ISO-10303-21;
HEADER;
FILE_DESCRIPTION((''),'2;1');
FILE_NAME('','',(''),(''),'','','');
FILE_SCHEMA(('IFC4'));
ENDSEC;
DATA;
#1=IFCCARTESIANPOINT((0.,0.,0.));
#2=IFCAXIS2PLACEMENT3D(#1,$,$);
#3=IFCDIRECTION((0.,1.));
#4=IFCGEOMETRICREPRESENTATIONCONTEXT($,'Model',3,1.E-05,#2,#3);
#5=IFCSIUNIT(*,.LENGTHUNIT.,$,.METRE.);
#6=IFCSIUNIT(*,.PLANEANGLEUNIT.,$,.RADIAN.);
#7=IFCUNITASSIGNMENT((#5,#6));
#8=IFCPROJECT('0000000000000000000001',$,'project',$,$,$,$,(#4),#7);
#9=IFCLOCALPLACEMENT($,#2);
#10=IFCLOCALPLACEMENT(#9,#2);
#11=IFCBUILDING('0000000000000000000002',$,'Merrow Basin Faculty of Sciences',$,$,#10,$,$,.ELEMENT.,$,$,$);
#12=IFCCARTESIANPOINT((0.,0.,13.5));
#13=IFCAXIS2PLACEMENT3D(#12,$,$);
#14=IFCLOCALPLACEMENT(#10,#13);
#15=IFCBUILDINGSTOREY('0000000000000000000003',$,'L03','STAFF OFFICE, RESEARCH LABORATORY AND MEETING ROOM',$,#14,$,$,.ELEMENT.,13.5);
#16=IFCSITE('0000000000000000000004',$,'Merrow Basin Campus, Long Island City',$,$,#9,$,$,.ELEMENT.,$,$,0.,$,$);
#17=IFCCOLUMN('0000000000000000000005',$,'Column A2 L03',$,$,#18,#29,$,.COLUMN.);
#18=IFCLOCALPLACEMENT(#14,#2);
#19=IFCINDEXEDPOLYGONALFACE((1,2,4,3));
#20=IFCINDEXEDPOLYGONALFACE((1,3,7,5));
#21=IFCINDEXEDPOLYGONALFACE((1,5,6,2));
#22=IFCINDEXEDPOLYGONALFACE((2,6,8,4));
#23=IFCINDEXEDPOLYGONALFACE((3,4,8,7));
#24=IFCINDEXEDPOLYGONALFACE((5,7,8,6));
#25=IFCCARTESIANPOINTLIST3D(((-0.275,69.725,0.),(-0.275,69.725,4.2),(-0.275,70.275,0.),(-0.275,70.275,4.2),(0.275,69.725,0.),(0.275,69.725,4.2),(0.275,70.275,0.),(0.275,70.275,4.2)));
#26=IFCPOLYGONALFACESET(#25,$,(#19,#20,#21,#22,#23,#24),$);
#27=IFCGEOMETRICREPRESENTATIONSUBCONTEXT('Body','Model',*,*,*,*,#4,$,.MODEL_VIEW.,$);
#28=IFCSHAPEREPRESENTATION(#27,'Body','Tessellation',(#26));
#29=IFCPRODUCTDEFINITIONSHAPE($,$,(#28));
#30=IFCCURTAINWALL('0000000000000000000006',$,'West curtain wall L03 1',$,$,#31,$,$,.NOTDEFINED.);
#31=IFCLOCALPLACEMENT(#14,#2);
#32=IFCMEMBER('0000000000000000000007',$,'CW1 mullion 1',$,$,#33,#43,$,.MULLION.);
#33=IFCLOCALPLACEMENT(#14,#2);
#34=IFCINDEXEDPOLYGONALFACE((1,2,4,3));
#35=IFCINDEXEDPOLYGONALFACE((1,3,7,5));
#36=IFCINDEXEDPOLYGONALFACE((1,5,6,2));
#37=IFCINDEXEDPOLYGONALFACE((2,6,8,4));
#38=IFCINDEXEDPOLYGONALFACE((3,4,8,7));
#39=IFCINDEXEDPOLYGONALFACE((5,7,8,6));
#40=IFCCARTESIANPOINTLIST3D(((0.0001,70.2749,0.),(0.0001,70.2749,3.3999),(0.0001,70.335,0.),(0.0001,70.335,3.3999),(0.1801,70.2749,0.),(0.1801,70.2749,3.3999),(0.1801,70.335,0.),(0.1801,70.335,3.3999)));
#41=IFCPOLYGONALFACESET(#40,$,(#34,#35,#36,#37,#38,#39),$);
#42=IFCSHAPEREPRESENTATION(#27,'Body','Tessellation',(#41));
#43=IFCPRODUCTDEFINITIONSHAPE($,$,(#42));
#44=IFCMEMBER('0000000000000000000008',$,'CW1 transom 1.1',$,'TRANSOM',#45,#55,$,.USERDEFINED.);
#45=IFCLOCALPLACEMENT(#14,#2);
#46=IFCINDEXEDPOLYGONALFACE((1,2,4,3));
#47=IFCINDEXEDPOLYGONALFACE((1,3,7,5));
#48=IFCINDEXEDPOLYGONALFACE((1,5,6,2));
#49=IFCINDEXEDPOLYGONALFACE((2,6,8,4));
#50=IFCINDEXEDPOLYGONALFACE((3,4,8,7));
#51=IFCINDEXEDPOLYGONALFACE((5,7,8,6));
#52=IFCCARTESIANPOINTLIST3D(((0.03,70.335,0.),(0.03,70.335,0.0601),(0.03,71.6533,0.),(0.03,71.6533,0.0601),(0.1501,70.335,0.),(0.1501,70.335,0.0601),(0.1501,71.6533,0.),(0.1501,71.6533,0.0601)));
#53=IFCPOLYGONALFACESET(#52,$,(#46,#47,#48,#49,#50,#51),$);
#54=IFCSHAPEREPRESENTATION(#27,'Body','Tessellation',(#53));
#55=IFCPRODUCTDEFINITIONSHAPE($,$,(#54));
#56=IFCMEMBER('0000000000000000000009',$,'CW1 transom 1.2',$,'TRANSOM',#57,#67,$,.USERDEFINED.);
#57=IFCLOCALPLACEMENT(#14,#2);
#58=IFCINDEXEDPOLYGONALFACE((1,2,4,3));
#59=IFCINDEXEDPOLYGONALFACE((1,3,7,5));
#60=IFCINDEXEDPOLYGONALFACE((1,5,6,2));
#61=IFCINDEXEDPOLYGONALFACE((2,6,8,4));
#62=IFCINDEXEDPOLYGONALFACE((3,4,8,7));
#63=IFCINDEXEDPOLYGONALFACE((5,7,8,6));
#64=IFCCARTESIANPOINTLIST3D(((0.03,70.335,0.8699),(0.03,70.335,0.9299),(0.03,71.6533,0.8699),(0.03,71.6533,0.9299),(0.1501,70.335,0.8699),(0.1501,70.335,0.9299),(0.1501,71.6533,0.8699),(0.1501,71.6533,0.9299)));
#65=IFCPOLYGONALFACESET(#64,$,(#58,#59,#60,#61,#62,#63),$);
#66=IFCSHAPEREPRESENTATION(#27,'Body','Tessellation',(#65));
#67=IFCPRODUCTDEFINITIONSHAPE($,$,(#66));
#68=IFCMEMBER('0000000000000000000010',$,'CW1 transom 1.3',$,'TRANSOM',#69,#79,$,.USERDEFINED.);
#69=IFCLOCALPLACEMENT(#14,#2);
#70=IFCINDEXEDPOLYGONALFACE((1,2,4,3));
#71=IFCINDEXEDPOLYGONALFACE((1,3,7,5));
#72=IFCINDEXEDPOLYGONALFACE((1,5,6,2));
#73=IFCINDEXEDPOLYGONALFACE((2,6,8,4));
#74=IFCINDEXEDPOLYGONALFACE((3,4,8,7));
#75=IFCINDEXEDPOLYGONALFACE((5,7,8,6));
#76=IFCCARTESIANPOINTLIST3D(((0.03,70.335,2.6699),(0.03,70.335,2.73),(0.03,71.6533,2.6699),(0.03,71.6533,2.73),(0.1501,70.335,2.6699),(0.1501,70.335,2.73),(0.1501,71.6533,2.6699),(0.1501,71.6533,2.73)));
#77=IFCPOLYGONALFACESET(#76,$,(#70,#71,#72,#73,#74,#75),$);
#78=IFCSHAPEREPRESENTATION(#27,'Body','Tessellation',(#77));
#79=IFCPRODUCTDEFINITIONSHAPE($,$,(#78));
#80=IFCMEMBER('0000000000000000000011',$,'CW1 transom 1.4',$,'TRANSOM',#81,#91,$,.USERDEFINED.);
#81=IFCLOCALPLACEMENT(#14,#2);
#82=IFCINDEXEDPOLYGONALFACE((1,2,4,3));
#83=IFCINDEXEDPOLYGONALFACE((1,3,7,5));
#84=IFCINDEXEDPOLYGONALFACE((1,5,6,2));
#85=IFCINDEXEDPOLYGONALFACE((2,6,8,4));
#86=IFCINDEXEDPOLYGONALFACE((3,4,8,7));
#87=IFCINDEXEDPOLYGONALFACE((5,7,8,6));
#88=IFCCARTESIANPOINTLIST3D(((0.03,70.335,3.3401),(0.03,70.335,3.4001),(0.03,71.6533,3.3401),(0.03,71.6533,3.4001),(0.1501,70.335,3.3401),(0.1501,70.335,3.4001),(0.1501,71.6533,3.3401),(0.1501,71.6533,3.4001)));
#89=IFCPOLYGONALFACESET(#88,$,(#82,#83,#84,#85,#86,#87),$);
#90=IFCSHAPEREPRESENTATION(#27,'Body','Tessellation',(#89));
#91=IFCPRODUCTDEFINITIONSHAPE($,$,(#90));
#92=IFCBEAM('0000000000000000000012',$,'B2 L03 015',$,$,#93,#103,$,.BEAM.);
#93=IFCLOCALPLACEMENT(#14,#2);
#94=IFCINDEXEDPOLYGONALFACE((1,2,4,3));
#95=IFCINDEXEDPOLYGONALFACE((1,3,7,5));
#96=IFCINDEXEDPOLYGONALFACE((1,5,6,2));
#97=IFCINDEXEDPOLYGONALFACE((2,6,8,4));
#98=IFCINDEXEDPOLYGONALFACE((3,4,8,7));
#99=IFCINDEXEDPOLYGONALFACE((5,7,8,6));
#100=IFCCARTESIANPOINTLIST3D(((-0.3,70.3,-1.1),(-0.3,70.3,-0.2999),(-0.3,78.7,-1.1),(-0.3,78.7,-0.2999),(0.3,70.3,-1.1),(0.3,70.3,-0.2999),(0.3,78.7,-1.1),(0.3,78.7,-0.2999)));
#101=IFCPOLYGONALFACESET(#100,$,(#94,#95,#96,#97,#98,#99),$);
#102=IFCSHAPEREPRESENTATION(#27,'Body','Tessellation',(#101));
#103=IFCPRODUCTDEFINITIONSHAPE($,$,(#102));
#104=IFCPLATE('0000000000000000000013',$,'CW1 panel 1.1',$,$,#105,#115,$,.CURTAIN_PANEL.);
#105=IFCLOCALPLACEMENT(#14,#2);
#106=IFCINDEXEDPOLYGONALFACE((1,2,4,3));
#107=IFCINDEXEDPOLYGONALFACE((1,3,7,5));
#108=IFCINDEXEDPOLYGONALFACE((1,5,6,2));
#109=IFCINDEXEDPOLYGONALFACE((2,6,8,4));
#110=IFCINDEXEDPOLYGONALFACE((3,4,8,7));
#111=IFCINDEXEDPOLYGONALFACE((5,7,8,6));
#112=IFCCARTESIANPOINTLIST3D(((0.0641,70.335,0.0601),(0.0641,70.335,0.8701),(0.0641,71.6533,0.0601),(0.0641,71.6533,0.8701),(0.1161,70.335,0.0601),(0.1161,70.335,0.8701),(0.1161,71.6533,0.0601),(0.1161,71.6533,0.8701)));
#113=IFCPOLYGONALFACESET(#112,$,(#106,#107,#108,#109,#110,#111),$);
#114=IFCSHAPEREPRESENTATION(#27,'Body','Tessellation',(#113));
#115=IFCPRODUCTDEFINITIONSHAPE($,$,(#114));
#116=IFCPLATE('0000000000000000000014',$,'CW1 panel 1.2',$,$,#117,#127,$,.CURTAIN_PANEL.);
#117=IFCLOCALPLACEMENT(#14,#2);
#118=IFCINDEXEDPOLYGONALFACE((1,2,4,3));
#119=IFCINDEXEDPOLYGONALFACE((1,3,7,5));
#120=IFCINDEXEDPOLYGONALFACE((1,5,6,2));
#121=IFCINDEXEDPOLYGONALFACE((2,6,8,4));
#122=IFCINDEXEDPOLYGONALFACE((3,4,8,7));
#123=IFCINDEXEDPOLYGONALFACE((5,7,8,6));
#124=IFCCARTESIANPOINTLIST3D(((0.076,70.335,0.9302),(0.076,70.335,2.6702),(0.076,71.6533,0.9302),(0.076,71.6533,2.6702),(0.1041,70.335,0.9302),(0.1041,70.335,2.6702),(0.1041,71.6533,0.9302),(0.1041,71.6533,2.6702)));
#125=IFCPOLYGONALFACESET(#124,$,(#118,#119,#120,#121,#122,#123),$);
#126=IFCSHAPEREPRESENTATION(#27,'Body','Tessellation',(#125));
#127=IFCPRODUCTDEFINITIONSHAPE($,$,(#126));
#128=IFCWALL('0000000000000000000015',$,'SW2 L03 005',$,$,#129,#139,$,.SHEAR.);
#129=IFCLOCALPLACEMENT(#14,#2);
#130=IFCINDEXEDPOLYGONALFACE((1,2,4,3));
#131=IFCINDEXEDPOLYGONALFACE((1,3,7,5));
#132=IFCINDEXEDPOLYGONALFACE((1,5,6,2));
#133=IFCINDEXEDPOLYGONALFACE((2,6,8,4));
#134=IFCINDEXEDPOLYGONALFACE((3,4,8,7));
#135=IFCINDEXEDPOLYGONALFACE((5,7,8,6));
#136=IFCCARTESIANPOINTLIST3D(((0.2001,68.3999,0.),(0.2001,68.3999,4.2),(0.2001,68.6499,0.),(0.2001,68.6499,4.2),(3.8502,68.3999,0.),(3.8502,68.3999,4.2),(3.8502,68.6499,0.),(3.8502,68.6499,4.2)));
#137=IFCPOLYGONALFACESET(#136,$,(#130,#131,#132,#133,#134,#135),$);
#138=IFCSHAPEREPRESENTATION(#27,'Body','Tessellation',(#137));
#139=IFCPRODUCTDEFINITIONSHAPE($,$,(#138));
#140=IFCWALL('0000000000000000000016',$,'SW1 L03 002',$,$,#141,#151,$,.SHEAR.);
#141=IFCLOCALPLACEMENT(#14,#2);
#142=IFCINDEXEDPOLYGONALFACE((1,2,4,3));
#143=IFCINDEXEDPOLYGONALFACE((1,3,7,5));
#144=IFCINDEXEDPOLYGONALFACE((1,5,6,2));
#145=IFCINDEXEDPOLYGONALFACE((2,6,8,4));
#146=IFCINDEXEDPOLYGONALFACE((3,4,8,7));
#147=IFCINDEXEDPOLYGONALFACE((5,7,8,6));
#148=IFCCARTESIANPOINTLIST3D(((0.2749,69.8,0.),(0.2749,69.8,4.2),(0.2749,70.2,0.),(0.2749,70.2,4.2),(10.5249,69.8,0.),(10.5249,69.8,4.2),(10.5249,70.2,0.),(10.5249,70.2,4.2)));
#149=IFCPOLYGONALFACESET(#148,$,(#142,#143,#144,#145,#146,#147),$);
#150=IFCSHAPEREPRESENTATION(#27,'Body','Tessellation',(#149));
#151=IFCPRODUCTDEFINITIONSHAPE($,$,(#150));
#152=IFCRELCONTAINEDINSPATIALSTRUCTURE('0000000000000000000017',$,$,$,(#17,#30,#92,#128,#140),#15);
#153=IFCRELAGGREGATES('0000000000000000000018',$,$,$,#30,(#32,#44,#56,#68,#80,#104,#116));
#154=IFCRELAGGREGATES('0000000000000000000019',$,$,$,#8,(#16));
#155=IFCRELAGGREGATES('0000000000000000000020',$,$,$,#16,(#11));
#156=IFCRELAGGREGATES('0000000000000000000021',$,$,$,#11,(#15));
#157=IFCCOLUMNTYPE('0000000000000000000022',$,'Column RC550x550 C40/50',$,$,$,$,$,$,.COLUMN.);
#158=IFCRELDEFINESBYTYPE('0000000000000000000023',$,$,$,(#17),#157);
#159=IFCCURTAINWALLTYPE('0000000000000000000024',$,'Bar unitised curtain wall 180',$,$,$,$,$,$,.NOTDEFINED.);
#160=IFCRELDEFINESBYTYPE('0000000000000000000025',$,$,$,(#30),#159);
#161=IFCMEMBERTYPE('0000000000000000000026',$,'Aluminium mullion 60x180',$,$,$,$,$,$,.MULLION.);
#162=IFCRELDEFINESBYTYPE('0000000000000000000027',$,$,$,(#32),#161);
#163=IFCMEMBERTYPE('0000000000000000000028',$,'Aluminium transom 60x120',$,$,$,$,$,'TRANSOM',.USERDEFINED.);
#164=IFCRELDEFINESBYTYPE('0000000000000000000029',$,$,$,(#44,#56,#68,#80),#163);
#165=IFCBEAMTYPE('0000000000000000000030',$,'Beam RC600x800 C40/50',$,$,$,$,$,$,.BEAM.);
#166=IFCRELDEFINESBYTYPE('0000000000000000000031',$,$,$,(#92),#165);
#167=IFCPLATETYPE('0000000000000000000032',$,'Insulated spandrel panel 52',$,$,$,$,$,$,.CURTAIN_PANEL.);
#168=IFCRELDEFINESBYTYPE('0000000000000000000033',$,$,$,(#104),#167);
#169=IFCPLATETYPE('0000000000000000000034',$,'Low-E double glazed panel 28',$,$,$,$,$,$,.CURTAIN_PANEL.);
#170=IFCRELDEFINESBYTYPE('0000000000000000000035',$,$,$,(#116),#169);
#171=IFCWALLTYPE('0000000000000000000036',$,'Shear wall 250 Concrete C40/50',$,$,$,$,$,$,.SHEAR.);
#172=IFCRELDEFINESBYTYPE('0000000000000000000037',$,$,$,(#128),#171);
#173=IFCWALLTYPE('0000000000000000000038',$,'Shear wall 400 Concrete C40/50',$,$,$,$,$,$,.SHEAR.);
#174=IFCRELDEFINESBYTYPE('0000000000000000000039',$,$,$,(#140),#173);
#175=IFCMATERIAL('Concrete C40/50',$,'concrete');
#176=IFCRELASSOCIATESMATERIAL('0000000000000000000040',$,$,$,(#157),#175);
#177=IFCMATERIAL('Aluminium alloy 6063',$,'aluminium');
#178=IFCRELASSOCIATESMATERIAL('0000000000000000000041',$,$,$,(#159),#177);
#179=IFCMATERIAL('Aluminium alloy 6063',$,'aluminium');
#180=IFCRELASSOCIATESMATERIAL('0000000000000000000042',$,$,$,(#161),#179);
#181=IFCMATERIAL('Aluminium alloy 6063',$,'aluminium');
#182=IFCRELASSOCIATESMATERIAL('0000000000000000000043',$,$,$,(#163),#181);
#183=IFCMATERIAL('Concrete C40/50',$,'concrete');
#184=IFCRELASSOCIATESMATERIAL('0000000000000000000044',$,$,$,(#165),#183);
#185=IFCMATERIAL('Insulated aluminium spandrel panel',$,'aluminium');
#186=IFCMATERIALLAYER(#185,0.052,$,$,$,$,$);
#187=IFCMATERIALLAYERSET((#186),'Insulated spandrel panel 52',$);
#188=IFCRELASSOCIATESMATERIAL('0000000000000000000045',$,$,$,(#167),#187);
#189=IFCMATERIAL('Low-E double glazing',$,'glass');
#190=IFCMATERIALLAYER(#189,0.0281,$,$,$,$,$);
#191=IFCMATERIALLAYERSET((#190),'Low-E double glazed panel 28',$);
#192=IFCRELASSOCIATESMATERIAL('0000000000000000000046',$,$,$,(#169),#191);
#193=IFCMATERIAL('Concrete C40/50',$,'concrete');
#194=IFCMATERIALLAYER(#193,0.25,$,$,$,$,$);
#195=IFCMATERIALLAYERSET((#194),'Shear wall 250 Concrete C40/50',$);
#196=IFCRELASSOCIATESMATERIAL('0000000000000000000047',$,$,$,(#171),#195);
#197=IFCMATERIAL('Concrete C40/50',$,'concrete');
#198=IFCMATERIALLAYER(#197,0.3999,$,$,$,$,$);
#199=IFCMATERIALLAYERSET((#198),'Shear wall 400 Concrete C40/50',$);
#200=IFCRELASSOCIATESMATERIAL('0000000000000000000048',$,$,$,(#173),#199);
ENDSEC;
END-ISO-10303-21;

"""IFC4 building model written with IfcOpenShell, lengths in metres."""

from ifc_helpers import new_model, si_unit, direction, frame, frame_2d, origin, origin_2d, place, context, subcontext, project, spatial, rectangle, extrude, material, layer, layer_set, material_profile, profile_set, type_object, element, aggregate, save


model = new_model("IFC4")

# Units and contexts
model_context = context("Model", 3, precision=1e-05, world=origin(), true_north=direction((0.0, 1.0)))
body_context = subcontext(model_context, "Body", "Model", "MODEL_VIEW")
ifc_project = project(units=[si_unit("LENGTHUNIT", "METRE"), si_unit("PLANEANGLEUNIT", "RADIAN")], contexts=[model_context])

# Site, building, storey
site_placement = place(None, origin())
site = spatial("IfcSite", under=ifc_project, at=site_placement, Name="Merrow Basin Campus, Long Island City", CompositionType="ELEMENT", RefElevation=0.0)
building_placement = place(site_placement, origin())
building = spatial("IfcBuilding", under=site, at=building_placement, Name="Merrow Basin Faculty of Sciences", CompositionType="ELEMENT")
storey_placement = place(building_placement, frame((0.0, 0.0, 13.5)))
storey = spatial("IfcBuildingStorey", under=building, at=storey_placement, Name="L03", Description="STAFF OFFICE, RESEARCH LABORATORY AND MEETING ROOM", CompositionType="ELEMENT", Elevation=13.5)

# Column
ifc_material_1 = material(Name="Concrete C40/50", Category="concrete")
ifc_material_profile_1 = material_profile(ifc_material_1, rectangle(XDim=0.55, YDim=0.55, at=origin_2d()))
ifc_profile_set_1 = profile_set([ifc_material_profile_1], Name="Concrete C40/50")
column_type = type_object("IfcColumnType", Name="Column RC550x550 C40/50", PredefinedType="COLUMN", material=ifc_profile_set_1)
column_placement = place(storey_placement, frame((0.0, 70.0, 0.0), z_axis=(0.0, 0.0, 1.0), x_axis=(1.0, 0.0, 0.0)))
element("IfcColumn", 1, at=column_placement, inside=storey, type_object=column_type, Name="Column A2 L03", PredefinedType="COLUMN", context=body_context, shape_type="SweptSolid", body=[
    extrude(rectangle(XDim=0.55, YDim=0.55, at=origin_2d()), origin(), (0.0, 0.0, 1.0), 4.2),
])

# Curtain wall, members
ifc_material_2 = material(Name="Aluminium alloy 6063", Category="aluminium")
curtain_wall_type = type_object("IfcCurtainWallType", Name="Bar unitised curtain wall 180", PredefinedType="NOTDEFINED", material=ifc_material_2)
curtain_wall_placement = place(storey_placement, origin())
curtain_wall = element("IfcCurtainWall", 2, at=curtain_wall_placement, inside=storey, type_object=curtain_wall_type, Name="West curtain wall L03 1", PredefinedType="NOTDEFINED")
ifc_material_3 = material(Name="Aluminium alloy 6063", Category="aluminium")
ifc_material_profile_2 = material_profile(ifc_material_3, rectangle(XDim=0.1799, YDim=0.0601, at=origin_2d()))
ifc_profile_set_2 = profile_set([ifc_material_profile_2], Name="Aluminium alloy 6063")
member_type_1 = type_object("IfcMemberType", Name="Aluminium mullion 60x180", PredefinedType="MULLION", material=ifc_profile_set_2)
member_1_placement = place(storey_placement, frame((0.0901, 70.3049, 0.0), z_axis=(0.0, 0.0, 1.0), x_axis=(-1.0, 0.0, 0.0)))
member_1 = element("IfcMember", 3, at=member_1_placement, type_object=member_type_1, Name="CW1 mullion 1", PredefinedType="MULLION", context=body_context, shape_type="SweptSolid", body=[
    extrude(rectangle(XDim=0.1799, YDim=0.0601, at=origin_2d()), origin(), (0.0, 0.0, 1.0), 3.3999),
])
ifc_material_4 = material(Name="Aluminium alloy 6063", Category="aluminium")
ifc_material_profile_3 = material_profile(ifc_material_4, rectangle(XDim=0.1201, YDim=0.0601, at=origin_2d()))
ifc_profile_set_3 = profile_set([ifc_material_profile_3], Name="Aluminium alloy 6063")
member_type_2 = type_object("IfcMemberType", Name="Aluminium transom 60x120", ElementType="TRANSOM", PredefinedType="USERDEFINED", material=ifc_profile_set_3)
member_2_placement = place(storey_placement, frame((0.0901, 70.335, 0.03), z_axis=(0.0, 1.0, 0.0), x_axis=(-1.0, 0.0, 0.0)))
member_2 = element("IfcMember", 4, at=member_2_placement, type_object=member_type_2, Name="CW1 transom 1.1", ObjectType="TRANSOM", PredefinedType="USERDEFINED", context=body_context, shape_type="SweptSolid", body=[
    extrude(rectangle(XDim=0.1201, YDim=0.0601, at=origin_2d()), origin(), (0.0, 0.0, 1.0), 1.3184),
])
member_3_placement = place(storey_placement, frame((0.0901, 70.335, 0.8999), z_axis=(0.0, 1.0, 0.0), x_axis=(-1.0, 0.0, 0.0)))
member_3 = element("IfcMember", 5, at=member_3_placement, type_object=member_type_2, Name="CW1 transom 1.2", ObjectType="TRANSOM", PredefinedType="USERDEFINED", context=body_context, shape_type="SweptSolid", body=[
    extrude(rectangle(XDim=0.1201, YDim=0.0601, at=origin_2d()), origin(), (0.0, 0.0, 1.0), 1.3184),
])
member_4_placement = place(storey_placement, frame((0.0901, 70.335, 2.7), z_axis=(0.0, 1.0, 0.0), x_axis=(-1.0, 0.0, 0.0)))
member_4 = element("IfcMember", 6, at=member_4_placement, type_object=member_type_2, Name="CW1 transom 1.3", ObjectType="TRANSOM", PredefinedType="USERDEFINED", context=body_context, shape_type="SweptSolid", body=[
    extrude(rectangle(XDim=0.1201, YDim=0.0601, at=origin_2d()), origin(), (0.0, 0.0, 1.0), 1.3184),
])
member_5_placement = place(storey_placement, frame((0.0901, 70.335, 3.3701), z_axis=(0.0, 1.0, 0.0), x_axis=(-1.0, 0.0, 0.0)))
member_5 = element("IfcMember", 7, at=member_5_placement, type_object=member_type_2, Name="CW1 transom 1.4", ObjectType="TRANSOM", PredefinedType="USERDEFINED", context=body_context, shape_type="SweptSolid", body=[
    extrude(rectangle(XDim=0.1201, YDim=0.0601, at=origin_2d()), origin(), (0.0, 0.0, 1.0), 1.3184),
])

# Beam
ifc_material_5 = material(Name="Concrete C40/50", Category="concrete")
ifc_material_profile_4 = material_profile(ifc_material_5, rectangle(XDim=0.6001, YDim=0.8, at=origin_2d()))
ifc_profile_set_4 = profile_set([ifc_material_profile_4], Name="Concrete C40/50")
beam_type = type_object("IfcBeamType", Name="Beam RC600x800 C40/50", PredefinedType="BEAM", material=ifc_profile_set_4)
beam_placement = place(storey_placement, frame((0.0, 70.3, -0.7), z_axis=(0.0, 1.0, 0.0), x_axis=(-1.0, 0.0, 0.0)))
element("IfcBeam", 8, at=beam_placement, inside=storey, type_object=beam_type, Name="B2 L03 015", PredefinedType="BEAM", context=body_context, shape_type="SweptSolid", body=[
    extrude(rectangle(XDim=0.6001, YDim=0.8, at=origin_2d()), origin(), (0.0, 0.0, 1.0), 8.3999),
])

# Plates
ifc_material_6 = material(Name="Insulated aluminium spandrel panel", Category="aluminium")
ifc_layer_1 = layer(ifc_material_6, 0.052)
ifc_layer_set_1 = layer_set([ifc_layer_1], Name="Insulated spandrel panel 52")
plate_type_1 = type_object("IfcPlateType", Name="Insulated spandrel panel 52", PredefinedType="CURTAIN_PANEL", material=ifc_layer_set_1)
plate_1_placement = place(storey_placement, frame((0.0901, 70.9941, 0.0601), z_axis=(0.0, 0.0, 1.0), x_axis=(0.0, 1.0, 0.0)))
plate_1 = element("IfcPlate", 9, at=plate_1_placement, type_object=plate_type_1, Name="CW1 panel 1.1", PredefinedType="CURTAIN_PANEL", context=body_context, shape_type="SweptSolid", body=[
    extrude(rectangle(XDim=1.3184, YDim=0.052, at=origin_2d()), origin(), (0.0, 0.0, 1.0), 0.8101),
])
ifc_material_7 = material(Name="Low-E double glazing", Category="glass")
ifc_layer_2 = layer(ifc_material_7, 0.0281)
ifc_layer_set_2 = layer_set([ifc_layer_2], Name="Low-E double glazed panel 28")
plate_type_2 = type_object("IfcPlateType", Name="Low-E double glazed panel 28", PredefinedType="CURTAIN_PANEL", material=ifc_layer_set_2)
plate_2_placement = place(storey_placement, frame((0.0901, 70.9941, 0.9302), z_axis=(0.0, 0.0, 1.0), x_axis=(0.0, 1.0, 0.0)))
plate_2 = element("IfcPlate", 10, at=plate_2_placement, type_object=plate_type_2, Name="CW1 panel 1.2", PredefinedType="CURTAIN_PANEL", context=body_context, shape_type="SweptSolid", body=[
    extrude(rectangle(XDim=1.3184, YDim=0.0281, at=origin_2d()), origin(), (0.0, 0.0, 1.0), 1.74),
])
aggregate(curtain_wall, [member_1, member_2, member_3, member_4, member_5, plate_1, plate_2])

# Walls
ifc_material_8 = material(Name="Concrete C40/50", Category="concrete")
ifc_layer_3 = layer(ifc_material_8, 0.25)
ifc_layer_set_3 = layer_set([ifc_layer_3], Name="Shear wall 250 Concrete C40/50")
wall_type_1 = type_object("IfcWallType", Name="Shear wall 250 Concrete C40/50", PredefinedType="SHEAR", material=ifc_layer_set_3)
wall_1_placement = place(storey_placement, frame((0.2, 68.5249, 0.0), z_axis=(0.0, 0.0, 1.0), x_axis=(1.0, 0.0, 0.0)))
element("IfcWall", 11, at=wall_1_placement, inside=storey, type_object=wall_type_1, Name="SW2 L03 005", PredefinedType="SHEAR", context=body_context, shape_type="SweptSolid", body=[
    extrude(rectangle(XDim=3.6501, YDim=0.25, at=frame_2d((1.8252, 0.0))), origin(), (0.0, 0.0, 1.0), 4.2),
])
ifc_material_9 = material(Name="Concrete C40/50", Category="concrete")
ifc_layer_4 = layer(ifc_material_9, 0.3999)
ifc_layer_set_4 = layer_set([ifc_layer_4], Name="Shear wall 400 Concrete C40/50")
wall_type_2 = type_object("IfcWallType", Name="Shear wall 400 Concrete C40/50", PredefinedType="SHEAR", material=ifc_layer_set_4)
wall_2_placement = place(storey_placement, frame((0.2749, 70.0, 0.0), z_axis=(0.0, 0.0, 1.0), x_axis=(1.0, 0.0, 0.0)))
element("IfcWall", 12, at=wall_2_placement, inside=storey, type_object=wall_type_2, Name="SW1 L03 002", PredefinedType="SHEAR", context=body_context, shape_type="SweptSolid", body=[
    extrude(rectangle(XDim=10.25, YDim=0.3999, at=frame_2d((5.125, 0.0))), origin(), (0.0, 0.0, 1.0), 4.2),
])

save(model, "model.ifc")
